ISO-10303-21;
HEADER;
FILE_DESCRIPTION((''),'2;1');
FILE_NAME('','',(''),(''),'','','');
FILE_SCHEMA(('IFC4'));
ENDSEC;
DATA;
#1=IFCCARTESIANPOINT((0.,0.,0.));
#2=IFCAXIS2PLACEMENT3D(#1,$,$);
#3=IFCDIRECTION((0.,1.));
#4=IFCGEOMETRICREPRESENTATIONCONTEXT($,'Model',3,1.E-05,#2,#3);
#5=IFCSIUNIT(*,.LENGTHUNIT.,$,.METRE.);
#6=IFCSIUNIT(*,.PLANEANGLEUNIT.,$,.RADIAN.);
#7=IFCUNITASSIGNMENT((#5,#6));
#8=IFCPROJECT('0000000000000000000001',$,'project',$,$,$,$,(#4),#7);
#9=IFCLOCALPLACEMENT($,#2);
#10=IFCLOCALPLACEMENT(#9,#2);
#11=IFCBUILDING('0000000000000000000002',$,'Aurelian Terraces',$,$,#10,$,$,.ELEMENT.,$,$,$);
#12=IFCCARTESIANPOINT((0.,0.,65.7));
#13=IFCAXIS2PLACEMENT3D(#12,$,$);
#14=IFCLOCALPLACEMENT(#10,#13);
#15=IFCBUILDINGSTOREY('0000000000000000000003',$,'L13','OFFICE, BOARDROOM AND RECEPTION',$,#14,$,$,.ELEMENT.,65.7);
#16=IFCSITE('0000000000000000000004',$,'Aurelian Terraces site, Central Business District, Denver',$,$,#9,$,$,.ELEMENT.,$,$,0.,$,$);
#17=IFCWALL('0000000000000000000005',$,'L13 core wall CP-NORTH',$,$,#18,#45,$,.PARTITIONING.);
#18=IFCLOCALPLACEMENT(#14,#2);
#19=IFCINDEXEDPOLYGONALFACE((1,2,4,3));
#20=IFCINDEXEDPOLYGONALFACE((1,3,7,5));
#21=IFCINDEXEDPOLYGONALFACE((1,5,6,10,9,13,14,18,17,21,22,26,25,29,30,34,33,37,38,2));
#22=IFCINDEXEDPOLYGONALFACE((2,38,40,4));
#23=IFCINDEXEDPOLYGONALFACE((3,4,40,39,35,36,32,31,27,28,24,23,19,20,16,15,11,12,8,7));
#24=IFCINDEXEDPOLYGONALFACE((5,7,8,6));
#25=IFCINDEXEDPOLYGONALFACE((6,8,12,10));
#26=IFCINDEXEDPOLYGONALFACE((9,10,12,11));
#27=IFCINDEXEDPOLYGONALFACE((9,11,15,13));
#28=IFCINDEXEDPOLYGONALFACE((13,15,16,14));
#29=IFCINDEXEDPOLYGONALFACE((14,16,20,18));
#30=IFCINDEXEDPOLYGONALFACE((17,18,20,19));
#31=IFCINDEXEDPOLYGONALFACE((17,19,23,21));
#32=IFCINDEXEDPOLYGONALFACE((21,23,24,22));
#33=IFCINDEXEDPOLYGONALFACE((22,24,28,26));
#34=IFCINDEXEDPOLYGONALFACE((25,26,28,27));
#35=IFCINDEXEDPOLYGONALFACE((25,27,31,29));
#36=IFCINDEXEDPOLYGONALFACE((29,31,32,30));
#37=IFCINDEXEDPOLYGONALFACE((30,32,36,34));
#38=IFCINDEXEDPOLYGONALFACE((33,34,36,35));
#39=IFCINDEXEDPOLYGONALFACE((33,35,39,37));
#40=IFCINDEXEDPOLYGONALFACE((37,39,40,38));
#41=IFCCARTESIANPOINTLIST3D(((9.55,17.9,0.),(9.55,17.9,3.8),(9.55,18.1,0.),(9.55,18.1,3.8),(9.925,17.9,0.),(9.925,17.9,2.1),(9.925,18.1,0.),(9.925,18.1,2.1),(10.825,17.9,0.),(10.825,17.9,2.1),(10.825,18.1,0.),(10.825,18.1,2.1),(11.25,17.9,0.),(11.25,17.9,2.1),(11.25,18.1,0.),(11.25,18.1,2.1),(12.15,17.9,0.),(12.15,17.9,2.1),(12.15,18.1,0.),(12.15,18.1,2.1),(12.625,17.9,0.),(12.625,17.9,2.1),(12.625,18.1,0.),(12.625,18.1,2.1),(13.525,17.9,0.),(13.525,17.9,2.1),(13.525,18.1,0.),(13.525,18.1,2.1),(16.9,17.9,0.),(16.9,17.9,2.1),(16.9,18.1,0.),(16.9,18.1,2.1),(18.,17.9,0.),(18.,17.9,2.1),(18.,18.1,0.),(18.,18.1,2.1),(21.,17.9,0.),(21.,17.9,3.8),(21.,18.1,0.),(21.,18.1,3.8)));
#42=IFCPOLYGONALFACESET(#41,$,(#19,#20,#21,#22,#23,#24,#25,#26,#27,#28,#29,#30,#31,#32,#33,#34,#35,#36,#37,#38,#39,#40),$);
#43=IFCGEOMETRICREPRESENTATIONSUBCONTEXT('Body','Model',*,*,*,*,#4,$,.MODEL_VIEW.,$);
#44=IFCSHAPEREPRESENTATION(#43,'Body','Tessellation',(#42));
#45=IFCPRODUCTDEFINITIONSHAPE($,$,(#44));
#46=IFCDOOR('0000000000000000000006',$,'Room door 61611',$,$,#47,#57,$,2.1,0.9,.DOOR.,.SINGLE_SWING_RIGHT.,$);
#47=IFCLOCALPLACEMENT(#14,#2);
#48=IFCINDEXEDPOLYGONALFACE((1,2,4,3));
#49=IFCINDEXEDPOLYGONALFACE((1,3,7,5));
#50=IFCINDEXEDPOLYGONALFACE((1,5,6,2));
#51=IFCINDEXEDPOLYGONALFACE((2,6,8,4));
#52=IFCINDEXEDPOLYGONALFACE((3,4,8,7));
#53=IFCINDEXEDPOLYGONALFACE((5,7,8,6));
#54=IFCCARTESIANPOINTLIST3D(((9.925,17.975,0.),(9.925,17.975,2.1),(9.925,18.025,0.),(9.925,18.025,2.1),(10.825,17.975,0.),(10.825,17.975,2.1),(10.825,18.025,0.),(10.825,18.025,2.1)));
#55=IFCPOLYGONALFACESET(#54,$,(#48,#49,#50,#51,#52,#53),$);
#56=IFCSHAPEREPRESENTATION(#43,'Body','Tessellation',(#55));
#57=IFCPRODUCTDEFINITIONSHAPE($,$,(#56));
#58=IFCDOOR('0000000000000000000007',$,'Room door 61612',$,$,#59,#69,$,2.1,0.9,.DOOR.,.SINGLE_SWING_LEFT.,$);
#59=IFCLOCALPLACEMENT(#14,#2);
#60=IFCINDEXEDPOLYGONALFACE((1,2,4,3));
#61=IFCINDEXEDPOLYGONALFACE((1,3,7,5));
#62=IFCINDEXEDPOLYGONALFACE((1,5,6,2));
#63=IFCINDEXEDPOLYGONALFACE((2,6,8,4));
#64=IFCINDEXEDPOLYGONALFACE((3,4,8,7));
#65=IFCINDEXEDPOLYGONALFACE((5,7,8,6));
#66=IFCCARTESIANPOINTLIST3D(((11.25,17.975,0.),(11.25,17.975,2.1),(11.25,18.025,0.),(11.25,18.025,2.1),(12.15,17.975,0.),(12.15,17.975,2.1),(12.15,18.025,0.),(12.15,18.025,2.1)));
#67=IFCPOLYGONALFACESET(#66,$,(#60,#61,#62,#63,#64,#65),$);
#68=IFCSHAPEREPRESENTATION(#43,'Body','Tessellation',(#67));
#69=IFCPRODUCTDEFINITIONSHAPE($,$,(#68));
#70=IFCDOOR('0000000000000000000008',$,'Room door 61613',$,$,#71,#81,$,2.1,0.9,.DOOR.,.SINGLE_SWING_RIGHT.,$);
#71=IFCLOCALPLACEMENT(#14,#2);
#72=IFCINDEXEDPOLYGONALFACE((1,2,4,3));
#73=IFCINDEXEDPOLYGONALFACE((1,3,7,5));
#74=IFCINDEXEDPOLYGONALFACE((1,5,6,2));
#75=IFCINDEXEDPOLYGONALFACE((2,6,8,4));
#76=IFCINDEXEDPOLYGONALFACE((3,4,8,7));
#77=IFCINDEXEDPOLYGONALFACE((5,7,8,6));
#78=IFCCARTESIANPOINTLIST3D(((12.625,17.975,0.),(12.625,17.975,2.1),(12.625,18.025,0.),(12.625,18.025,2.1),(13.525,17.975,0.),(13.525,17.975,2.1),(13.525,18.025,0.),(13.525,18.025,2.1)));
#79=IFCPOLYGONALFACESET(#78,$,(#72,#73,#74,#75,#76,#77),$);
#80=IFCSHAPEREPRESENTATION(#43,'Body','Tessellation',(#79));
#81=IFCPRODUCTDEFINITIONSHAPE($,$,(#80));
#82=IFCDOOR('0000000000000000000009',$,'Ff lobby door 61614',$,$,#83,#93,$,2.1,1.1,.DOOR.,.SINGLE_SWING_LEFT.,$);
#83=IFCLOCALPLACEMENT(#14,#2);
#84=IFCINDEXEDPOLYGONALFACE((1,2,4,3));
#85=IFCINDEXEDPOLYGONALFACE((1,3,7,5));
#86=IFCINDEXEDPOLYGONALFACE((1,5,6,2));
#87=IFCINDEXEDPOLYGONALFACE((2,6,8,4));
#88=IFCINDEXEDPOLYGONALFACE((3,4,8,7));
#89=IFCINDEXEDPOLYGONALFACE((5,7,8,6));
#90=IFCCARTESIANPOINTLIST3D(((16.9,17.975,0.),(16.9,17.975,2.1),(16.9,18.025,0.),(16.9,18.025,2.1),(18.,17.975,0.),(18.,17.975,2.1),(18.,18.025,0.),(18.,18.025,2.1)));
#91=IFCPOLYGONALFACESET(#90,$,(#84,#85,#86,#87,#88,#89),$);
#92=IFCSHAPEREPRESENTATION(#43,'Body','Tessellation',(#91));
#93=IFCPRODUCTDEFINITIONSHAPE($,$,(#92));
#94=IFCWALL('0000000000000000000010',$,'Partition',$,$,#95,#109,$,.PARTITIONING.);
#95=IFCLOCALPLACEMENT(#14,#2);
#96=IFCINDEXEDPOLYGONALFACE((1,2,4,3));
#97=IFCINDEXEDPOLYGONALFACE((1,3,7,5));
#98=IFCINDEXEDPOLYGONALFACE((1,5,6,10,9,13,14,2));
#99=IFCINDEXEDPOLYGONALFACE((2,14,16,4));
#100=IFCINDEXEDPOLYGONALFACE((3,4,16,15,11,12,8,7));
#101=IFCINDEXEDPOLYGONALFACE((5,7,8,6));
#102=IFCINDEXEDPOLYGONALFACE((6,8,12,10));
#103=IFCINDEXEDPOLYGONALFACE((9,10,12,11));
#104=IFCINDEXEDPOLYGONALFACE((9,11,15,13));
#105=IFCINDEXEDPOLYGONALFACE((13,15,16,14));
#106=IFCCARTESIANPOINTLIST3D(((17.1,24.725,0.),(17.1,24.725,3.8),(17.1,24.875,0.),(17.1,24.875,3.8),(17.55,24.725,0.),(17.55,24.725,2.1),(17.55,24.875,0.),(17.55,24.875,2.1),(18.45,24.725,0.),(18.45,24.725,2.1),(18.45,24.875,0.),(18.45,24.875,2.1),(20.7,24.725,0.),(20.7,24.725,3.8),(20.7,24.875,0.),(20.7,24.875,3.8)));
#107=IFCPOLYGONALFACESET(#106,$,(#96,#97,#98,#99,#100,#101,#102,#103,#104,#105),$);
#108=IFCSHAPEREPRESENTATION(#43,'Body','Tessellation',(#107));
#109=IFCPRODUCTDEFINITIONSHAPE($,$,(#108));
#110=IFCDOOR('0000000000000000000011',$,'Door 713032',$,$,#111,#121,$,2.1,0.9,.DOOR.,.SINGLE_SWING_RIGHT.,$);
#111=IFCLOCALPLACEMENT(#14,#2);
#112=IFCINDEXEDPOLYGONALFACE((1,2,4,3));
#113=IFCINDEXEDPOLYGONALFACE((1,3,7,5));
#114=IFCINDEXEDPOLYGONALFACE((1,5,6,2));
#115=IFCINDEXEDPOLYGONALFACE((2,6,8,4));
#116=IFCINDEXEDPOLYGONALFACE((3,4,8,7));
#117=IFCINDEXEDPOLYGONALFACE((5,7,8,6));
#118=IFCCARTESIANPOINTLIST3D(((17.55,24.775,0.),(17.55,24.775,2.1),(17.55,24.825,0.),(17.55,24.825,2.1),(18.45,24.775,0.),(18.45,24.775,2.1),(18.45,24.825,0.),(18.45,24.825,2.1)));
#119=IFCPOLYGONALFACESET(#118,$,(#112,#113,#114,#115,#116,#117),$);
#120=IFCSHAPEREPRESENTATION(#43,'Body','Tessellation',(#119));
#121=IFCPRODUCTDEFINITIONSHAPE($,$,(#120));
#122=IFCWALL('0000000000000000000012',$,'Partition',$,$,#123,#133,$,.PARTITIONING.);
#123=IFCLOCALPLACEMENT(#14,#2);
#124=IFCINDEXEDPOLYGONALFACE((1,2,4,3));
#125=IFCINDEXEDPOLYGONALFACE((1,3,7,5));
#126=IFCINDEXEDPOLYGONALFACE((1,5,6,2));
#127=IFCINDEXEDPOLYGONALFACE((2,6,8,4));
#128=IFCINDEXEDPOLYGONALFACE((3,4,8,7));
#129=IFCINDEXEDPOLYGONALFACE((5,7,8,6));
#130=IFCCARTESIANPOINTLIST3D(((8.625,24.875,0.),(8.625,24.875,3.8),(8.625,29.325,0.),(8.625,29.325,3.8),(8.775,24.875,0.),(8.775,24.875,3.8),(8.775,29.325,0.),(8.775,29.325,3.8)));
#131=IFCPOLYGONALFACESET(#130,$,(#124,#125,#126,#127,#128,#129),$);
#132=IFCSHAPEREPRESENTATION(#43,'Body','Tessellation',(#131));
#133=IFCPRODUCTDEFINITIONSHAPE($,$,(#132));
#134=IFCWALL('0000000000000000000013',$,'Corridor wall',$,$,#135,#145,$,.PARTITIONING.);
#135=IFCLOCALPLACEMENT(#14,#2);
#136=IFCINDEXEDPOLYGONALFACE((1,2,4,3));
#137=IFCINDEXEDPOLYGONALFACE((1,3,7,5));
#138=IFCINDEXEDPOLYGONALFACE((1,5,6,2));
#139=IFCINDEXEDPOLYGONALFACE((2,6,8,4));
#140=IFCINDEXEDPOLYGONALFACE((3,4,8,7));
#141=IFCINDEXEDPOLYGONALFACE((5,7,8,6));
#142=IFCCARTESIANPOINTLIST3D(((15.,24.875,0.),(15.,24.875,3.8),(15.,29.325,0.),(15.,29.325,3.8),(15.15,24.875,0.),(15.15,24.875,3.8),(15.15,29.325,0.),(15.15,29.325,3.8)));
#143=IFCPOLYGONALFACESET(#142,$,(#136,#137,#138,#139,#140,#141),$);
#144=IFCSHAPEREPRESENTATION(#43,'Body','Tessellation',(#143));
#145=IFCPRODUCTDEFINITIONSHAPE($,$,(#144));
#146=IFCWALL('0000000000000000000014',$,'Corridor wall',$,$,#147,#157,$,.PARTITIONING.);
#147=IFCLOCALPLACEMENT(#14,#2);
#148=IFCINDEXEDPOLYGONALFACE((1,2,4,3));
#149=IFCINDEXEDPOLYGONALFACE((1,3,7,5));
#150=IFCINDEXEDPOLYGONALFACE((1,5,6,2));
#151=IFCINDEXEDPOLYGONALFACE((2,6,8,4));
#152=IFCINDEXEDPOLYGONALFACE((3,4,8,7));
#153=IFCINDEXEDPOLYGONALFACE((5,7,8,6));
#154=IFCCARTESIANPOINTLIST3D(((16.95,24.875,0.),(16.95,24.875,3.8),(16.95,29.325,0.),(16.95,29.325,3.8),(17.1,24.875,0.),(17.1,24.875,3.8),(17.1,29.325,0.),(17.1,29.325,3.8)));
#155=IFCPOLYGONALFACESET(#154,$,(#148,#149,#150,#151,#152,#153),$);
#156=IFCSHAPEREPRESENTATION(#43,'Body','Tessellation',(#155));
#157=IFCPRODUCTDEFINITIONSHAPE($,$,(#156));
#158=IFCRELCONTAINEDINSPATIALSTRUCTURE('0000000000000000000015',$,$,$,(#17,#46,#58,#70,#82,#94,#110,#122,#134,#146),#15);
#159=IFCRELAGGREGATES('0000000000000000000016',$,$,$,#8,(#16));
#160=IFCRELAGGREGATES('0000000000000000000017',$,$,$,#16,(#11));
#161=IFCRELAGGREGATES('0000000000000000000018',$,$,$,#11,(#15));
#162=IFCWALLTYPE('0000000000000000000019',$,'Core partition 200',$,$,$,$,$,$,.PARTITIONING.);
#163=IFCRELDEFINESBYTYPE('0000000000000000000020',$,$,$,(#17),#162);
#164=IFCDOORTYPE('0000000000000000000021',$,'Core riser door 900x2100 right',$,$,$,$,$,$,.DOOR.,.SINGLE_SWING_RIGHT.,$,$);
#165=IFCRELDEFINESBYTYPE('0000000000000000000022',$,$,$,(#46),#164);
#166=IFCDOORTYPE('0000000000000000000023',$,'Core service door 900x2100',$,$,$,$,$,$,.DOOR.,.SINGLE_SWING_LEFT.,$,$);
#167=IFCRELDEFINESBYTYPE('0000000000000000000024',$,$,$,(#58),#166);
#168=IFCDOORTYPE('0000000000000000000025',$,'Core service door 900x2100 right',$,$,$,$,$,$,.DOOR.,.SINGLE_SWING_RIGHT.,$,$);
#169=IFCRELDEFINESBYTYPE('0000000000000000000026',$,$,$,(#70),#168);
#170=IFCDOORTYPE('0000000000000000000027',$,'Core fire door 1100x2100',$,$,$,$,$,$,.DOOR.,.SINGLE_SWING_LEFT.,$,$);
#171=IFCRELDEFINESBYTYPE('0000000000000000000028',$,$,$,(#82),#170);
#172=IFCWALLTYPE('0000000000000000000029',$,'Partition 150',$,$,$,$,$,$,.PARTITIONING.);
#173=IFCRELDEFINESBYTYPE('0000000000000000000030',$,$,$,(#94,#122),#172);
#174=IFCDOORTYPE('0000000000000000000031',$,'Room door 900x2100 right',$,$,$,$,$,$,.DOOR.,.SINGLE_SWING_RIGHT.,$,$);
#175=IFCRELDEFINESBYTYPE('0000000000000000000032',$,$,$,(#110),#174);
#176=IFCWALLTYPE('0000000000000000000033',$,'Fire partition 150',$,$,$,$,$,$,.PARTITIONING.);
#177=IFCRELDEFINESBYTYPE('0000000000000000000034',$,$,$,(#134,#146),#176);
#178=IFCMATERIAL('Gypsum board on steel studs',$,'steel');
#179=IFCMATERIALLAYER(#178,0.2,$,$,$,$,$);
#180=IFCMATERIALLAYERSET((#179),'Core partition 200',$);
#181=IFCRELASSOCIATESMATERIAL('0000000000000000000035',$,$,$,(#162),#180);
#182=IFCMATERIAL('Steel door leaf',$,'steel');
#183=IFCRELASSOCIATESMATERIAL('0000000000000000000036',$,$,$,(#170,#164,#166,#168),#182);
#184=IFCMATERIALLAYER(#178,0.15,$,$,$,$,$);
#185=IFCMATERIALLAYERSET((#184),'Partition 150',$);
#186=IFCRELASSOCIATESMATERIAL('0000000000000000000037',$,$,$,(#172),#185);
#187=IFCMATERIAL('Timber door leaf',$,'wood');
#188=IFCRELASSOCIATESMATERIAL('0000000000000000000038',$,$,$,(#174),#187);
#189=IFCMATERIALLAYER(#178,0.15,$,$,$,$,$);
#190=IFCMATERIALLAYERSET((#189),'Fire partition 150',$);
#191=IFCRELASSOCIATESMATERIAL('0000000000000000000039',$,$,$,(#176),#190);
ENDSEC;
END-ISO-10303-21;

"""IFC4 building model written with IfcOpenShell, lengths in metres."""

from ifc_helpers import new_model, si_unit, direction, frame, frame_2d, origin, place, context, subcontext, project, spatial, rectangle, extrude, source, transform, mapped, material, layer, layer_set, type_object, element, fill, save


model = new_model("IFC4")

# Units and contexts
model_context = context("Model", 3, precision=1e-05, world=origin(), true_north=direction((0.0, 1.0)))
body_context = subcontext(model_context, "Body", "Model", "MODEL_VIEW")
ifc_project = project(units=[si_unit("LENGTHUNIT", "METRE"), si_unit("PLANEANGLEUNIT", "RADIAN")], contexts=[model_context])

# Site, building, storey
site_placement = place(None, origin())
site = spatial("IfcSite", under=ifc_project, at=site_placement, Name="Aurelian Terraces site, Central Business District, Denver", CompositionType="ELEMENT", RefElevation=0.0)
building_placement = place(site_placement, origin())
building = spatial("IfcBuilding", under=site, at=building_placement, Name="Aurelian Terraces", CompositionType="ELEMENT")
storey_placement = place(building_placement, frame((0.0, 0.0, 65.7)))
storey = spatial("IfcBuildingStorey", under=building, at=storey_placement, Name="L13", Description="OFFICE, BOARDROOM AND RECEPTION", CompositionType="ELEMENT", Elevation=65.7)

# Shared definitions
ifc_material_1 = material(Name="Gypsum board on steel studs", Category="steel")
ifc_layer_1 = layer(ifc_material_1, 0.2)
ifc_layer_set_1 = layer_set([ifc_layer_1], Name="Core partition 200")
wall_type_1 = type_object("IfcWallType", Name="Core partition 200", PredefinedType="PARTITIONING", material=ifc_layer_set_1)

# Shared definitions
ifc_material_2 = material(Name="Steel door leaf", Category="steel")
door_type_1 = type_object("IfcDoorType", Name="Core fire door 1100x2100", OperationType="SINGLE_SWING_LEFT", PredefinedType="DOOR", material=ifc_material_2)
shared_shape_1 = source(origin(), body_context, "Body", "SweptSolid", [
    extrude(rectangle(XDim=1.1, YDim=2.1, at=frame_2d((0.55, 1.05))), frame((0.0, 0.025, 0.0), z_axis=(0.0, -1.0, 0.0), x_axis=(1.0, 0.0, 0.0)), (0.0, 0.0, 1.0), 0.05),
])

# Wall, openings, doors
shared_shape_2 = source(origin(), body_context, "Body", "SweptSolid", [
    extrude(rectangle(XDim=11.45, YDim=0.2, at=frame_2d((5.725, 0.0))), origin(), (0.0, 0.0, 1.0), 3.8),
])
wall_1_placement = place(storey_placement, frame((9.55, 18.0, 0.0), z_axis=(0.0, 0.0, 1.0), x_axis=(1.0, 0.0, 0.0)))
wall_1 = element("IfcWall", 1, at=wall_1_placement, inside=storey, type_object=wall_type_1, Name="L13 core wall CP-NORTH", PredefinedType="PARTITIONING", context=body_context, shape_type="MappedRepresentation", body=[
    mapped(shared_shape_2, transform((0.0, 0.0, 0.0), scale=1.0)),
])
shared_shape_3 = source(origin(), body_context, "Body", "SweptSolid", [
    extrude(rectangle(XDim=0.9, YDim=2.1, at=frame_2d((0.45, 1.05))), frame((0.0, 0.11, 0.0), z_axis=(0.0, -1.0, 0.0), x_axis=(1.0, 0.0, 0.0)), (0.0, 0.0, 1.0), 0.22),
])
opening_1_placement = place(wall_1_placement, frame((0.375, 0.0, 0.0)))
opening_1 = element("IfcOpeningElement", 2, at=opening_1_placement, cuts=wall_1, PredefinedType="OPENING", context=body_context, shape_type="MappedRepresentation", body=[
    mapped(shared_shape_3, transform((0.0, 0.0, 0.0), scale=1.0)),
])
opening_2_placement = place(wall_1_placement, frame((1.7, 0.0, 0.0)))
opening_2 = element("IfcOpeningElement", 3, at=opening_2_placement, cuts=wall_1, PredefinedType="OPENING", context=body_context, shape_type="MappedRepresentation", body=[
    mapped(shared_shape_3, transform((0.0, 0.0, 0.0), scale=1.0)),
])
opening_3_placement = place(wall_1_placement, frame((3.075, 0.0, 0.0)))
opening_3 = element("IfcOpeningElement", 4, at=opening_3_placement, cuts=wall_1, PredefinedType="OPENING", context=body_context, shape_type="MappedRepresentation", body=[
    mapped(shared_shape_3, transform((0.0, 0.0, 0.0), scale=1.0)),
])
shared_shape_4 = source(origin(), body_context, "Body", "SweptSolid", [
    extrude(rectangle(XDim=1.1, YDim=2.1, at=frame_2d((0.55, 1.05))), frame((0.0, 0.11, 0.0), z_axis=(0.0, -1.0, 0.0), x_axis=(1.0, 0.0, 0.0)), (0.0, 0.0, 1.0), 0.22),
])
opening_4_placement = place(wall_1_placement, frame((7.35, 0.0, 0.0)))
opening_4 = element("IfcOpeningElement", 5, at=opening_4_placement, cuts=wall_1, PredefinedType="OPENING", context=body_context, shape_type="MappedRepresentation", body=[
    mapped(shared_shape_4, transform((0.0, 0.0, 0.0), scale=1.0)),
])
door_type_2 = type_object("IfcDoorType", Name="Core riser door 900x2100 right", OperationType="SINGLE_SWING_RIGHT", PredefinedType="DOOR", material=ifc_material_2)
shared_shape_5 = source(origin(), body_context, "Body", "SweptSolid", [
    extrude(rectangle(XDim=0.9, YDim=2.1, at=frame_2d((0.45, 1.05))), frame((0.0, 0.025, 0.0), z_axis=(0.0, -1.0, 0.0), x_axis=(1.0, 0.0, 0.0)), (0.0, 0.0, 1.0), 0.05),
])
door_1_placement = place(opening_1_placement, origin())
door_1 = element("IfcDoor", 6, at=door_1_placement, inside=storey, type_object=door_type_2, Name="Room door 61611", OperationType="SINGLE_SWING_RIGHT", OverallHeight=2.1, OverallWidth=0.9, PredefinedType="DOOR", context=body_context, shape_type="MappedRepresentation", body=[
    mapped(shared_shape_5, transform((0.0, 0.0, 0.0), scale=1.0)),
])
fill(opening_1, door_1)
door_type_3 = type_object("IfcDoorType", Name="Core service door 900x2100", OperationType="SINGLE_SWING_LEFT", PredefinedType="DOOR", material=ifc_material_2)
door_2_placement = place(opening_2_placement, origin())
door_2 = element("IfcDoor", 7, at=door_2_placement, inside=storey, type_object=door_type_3, Name="Room door 61612", OperationType="SINGLE_SWING_LEFT", OverallHeight=2.1, OverallWidth=0.9, PredefinedType="DOOR", context=body_context, shape_type="MappedRepresentation", body=[
    mapped(shared_shape_5, transform((0.0, 0.0, 0.0), scale=1.0)),
])
fill(opening_2, door_2)
door_type_4 = type_object("IfcDoorType", Name="Core service door 900x2100 right", OperationType="SINGLE_SWING_RIGHT", PredefinedType="DOOR", material=ifc_material_2)
door_3_placement = place(opening_3_placement, origin())
door_3 = element("IfcDoor", 8, at=door_3_placement, inside=storey, type_object=door_type_4, Name="Room door 61613", OperationType="SINGLE_SWING_RIGHT", OverallHeight=2.1, OverallWidth=0.9, PredefinedType="DOOR", context=body_context, shape_type="MappedRepresentation", body=[
    mapped(shared_shape_5, transform((0.0, 0.0, 0.0), scale=1.0)),
])
fill(opening_3, door_3)
door_4_placement = place(opening_4_placement, origin())
door_4 = element("IfcDoor", 9, at=door_4_placement, inside=storey, type_object=door_type_1, Name="Ff lobby door 61614", OperationType="SINGLE_SWING_LEFT", OverallHeight=2.1, OverallWidth=1.1, PredefinedType="DOOR", context=body_context, shape_type="MappedRepresentation", body=[
    mapped(shared_shape_1, transform((0.0, 0.0, 0.0), scale=1.0)),
])
fill(opening_4, door_4)

# Wall, opening, door
ifc_layer_2 = layer(ifc_material_1, 0.15)
ifc_layer_set_2 = layer_set([ifc_layer_2], Name="Partition 150")
wall_type_2 = type_object("IfcWallType", Name="Partition 150", PredefinedType="PARTITIONING", material=ifc_layer_set_2)
shared_shape_6 = source(origin(), body_context, "Body", "SweptSolid", [
    extrude(rectangle(XDim=3.6, YDim=0.15, at=frame_2d((1.8, 0.0))), origin(), (0.0, 0.0, 1.0), 3.8),
])
wall_2_placement = place(storey_placement, frame((17.1, 24.8, 0.0), z_axis=(0.0, 0.0, 1.0), x_axis=(1.0, 0.0, 0.0)))
wall_2 = element("IfcWall", 10, at=wall_2_placement, inside=storey, type_object=wall_type_2, Name="Partition", PredefinedType="PARTITIONING", context=body_context, shape_type="MappedRepresentation", body=[
    mapped(shared_shape_6, transform((0.0, 0.0, 0.0), scale=1.0)),
])
shared_shape_7 = source(origin(), body_context, "Body", "SweptSolid", [
    extrude(rectangle(XDim=0.9, YDim=2.1, at=frame_2d((0.45, 1.05))), frame((0.0, 0.085, 0.0), z_axis=(0.0, -1.0, 0.0), x_axis=(1.0, 0.0, 0.0)), (0.0, 0.0, 1.0), 0.17),
])
opening_5_placement = place(wall_2_placement, frame((0.45, 0.0, 0.0)))
opening_5 = element("IfcOpeningElement", 11, at=opening_5_placement, cuts=wall_2, PredefinedType="OPENING", context=body_context, shape_type="MappedRepresentation", body=[
    mapped(shared_shape_7, transform((0.0, 0.0, 0.0), scale=1.0)),
])
ifc_material_3 = material(Name="Timber door leaf", Category="wood")
door_type_5 = type_object("IfcDoorType", Name="Room door 900x2100 right", OperationType="SINGLE_SWING_RIGHT", PredefinedType="DOOR", material=ifc_material_3)
door_5_placement = place(opening_5_placement, origin())
door_5 = element("IfcDoor", 12, at=door_5_placement, inside=storey, type_object=door_type_5, Name="Door 713032", OperationType="SINGLE_SWING_RIGHT", OverallHeight=2.1, OverallWidth=0.9, PredefinedType="DOOR", context=body_context, shape_type="MappedRepresentation", body=[
    mapped(shared_shape_5, transform((0.0, 0.0, 0.0), scale=1.0)),
])
fill(opening_5, door_5)

# Walls
shared_shape_8 = source(origin(), body_context, "Body", "SweptSolid", [
    extrude(rectangle(XDim=4.45, YDim=0.15, at=frame_2d((2.225, 0.0))), origin(), (0.0, 0.0, 1.0), 3.8),
])
wall_3_placement = place(storey_placement, frame((8.7, 24.875, 0.0), z_axis=(0.0, 0.0, 1.0), x_axis=(0.0, 1.0, 0.0)))
element("IfcWall", 13, at=wall_3_placement, inside=storey, type_object=wall_type_2, Name="Partition", PredefinedType="PARTITIONING", context=body_context, shape_type="MappedRepresentation", body=[
    mapped(shared_shape_8, transform((0.0, 0.0, 0.0), scale=1.0)),
])
ifc_layer_3 = layer(ifc_material_1, 0.15)
ifc_layer_set_3 = layer_set([ifc_layer_3], Name="Fire partition 150")
wall_type_3 = type_object("IfcWallType", Name="Fire partition 150", PredefinedType="PARTITIONING", material=ifc_layer_set_3)
for number, where, z_axis, x_axis, name in (
    (14, (15.075, 24.875, 0.0), (0.0, 0.0, 1.0), (0.0, 1.0, 0.0), "Corridor wall"),
    (15, (17.025, 29.325, 0.0), (0.0, 0.0, 1.0), (0.0, -1.0, 0.0), "Corridor wall"),
):
    element("IfcWall", number, at=place(storey_placement, frame(where, z_axis=z_axis, x_axis=x_axis)), inside=storey, type_object=wall_type_3, Name=name, PredefinedType="PARTITIONING", context=body_context, shape_type="MappedRepresentation", body=[
        mapped(shared_shape_8, transform((0.0, 0.0, 0.0), scale=1.0)),
    ])

save(model, "model.ifc")
